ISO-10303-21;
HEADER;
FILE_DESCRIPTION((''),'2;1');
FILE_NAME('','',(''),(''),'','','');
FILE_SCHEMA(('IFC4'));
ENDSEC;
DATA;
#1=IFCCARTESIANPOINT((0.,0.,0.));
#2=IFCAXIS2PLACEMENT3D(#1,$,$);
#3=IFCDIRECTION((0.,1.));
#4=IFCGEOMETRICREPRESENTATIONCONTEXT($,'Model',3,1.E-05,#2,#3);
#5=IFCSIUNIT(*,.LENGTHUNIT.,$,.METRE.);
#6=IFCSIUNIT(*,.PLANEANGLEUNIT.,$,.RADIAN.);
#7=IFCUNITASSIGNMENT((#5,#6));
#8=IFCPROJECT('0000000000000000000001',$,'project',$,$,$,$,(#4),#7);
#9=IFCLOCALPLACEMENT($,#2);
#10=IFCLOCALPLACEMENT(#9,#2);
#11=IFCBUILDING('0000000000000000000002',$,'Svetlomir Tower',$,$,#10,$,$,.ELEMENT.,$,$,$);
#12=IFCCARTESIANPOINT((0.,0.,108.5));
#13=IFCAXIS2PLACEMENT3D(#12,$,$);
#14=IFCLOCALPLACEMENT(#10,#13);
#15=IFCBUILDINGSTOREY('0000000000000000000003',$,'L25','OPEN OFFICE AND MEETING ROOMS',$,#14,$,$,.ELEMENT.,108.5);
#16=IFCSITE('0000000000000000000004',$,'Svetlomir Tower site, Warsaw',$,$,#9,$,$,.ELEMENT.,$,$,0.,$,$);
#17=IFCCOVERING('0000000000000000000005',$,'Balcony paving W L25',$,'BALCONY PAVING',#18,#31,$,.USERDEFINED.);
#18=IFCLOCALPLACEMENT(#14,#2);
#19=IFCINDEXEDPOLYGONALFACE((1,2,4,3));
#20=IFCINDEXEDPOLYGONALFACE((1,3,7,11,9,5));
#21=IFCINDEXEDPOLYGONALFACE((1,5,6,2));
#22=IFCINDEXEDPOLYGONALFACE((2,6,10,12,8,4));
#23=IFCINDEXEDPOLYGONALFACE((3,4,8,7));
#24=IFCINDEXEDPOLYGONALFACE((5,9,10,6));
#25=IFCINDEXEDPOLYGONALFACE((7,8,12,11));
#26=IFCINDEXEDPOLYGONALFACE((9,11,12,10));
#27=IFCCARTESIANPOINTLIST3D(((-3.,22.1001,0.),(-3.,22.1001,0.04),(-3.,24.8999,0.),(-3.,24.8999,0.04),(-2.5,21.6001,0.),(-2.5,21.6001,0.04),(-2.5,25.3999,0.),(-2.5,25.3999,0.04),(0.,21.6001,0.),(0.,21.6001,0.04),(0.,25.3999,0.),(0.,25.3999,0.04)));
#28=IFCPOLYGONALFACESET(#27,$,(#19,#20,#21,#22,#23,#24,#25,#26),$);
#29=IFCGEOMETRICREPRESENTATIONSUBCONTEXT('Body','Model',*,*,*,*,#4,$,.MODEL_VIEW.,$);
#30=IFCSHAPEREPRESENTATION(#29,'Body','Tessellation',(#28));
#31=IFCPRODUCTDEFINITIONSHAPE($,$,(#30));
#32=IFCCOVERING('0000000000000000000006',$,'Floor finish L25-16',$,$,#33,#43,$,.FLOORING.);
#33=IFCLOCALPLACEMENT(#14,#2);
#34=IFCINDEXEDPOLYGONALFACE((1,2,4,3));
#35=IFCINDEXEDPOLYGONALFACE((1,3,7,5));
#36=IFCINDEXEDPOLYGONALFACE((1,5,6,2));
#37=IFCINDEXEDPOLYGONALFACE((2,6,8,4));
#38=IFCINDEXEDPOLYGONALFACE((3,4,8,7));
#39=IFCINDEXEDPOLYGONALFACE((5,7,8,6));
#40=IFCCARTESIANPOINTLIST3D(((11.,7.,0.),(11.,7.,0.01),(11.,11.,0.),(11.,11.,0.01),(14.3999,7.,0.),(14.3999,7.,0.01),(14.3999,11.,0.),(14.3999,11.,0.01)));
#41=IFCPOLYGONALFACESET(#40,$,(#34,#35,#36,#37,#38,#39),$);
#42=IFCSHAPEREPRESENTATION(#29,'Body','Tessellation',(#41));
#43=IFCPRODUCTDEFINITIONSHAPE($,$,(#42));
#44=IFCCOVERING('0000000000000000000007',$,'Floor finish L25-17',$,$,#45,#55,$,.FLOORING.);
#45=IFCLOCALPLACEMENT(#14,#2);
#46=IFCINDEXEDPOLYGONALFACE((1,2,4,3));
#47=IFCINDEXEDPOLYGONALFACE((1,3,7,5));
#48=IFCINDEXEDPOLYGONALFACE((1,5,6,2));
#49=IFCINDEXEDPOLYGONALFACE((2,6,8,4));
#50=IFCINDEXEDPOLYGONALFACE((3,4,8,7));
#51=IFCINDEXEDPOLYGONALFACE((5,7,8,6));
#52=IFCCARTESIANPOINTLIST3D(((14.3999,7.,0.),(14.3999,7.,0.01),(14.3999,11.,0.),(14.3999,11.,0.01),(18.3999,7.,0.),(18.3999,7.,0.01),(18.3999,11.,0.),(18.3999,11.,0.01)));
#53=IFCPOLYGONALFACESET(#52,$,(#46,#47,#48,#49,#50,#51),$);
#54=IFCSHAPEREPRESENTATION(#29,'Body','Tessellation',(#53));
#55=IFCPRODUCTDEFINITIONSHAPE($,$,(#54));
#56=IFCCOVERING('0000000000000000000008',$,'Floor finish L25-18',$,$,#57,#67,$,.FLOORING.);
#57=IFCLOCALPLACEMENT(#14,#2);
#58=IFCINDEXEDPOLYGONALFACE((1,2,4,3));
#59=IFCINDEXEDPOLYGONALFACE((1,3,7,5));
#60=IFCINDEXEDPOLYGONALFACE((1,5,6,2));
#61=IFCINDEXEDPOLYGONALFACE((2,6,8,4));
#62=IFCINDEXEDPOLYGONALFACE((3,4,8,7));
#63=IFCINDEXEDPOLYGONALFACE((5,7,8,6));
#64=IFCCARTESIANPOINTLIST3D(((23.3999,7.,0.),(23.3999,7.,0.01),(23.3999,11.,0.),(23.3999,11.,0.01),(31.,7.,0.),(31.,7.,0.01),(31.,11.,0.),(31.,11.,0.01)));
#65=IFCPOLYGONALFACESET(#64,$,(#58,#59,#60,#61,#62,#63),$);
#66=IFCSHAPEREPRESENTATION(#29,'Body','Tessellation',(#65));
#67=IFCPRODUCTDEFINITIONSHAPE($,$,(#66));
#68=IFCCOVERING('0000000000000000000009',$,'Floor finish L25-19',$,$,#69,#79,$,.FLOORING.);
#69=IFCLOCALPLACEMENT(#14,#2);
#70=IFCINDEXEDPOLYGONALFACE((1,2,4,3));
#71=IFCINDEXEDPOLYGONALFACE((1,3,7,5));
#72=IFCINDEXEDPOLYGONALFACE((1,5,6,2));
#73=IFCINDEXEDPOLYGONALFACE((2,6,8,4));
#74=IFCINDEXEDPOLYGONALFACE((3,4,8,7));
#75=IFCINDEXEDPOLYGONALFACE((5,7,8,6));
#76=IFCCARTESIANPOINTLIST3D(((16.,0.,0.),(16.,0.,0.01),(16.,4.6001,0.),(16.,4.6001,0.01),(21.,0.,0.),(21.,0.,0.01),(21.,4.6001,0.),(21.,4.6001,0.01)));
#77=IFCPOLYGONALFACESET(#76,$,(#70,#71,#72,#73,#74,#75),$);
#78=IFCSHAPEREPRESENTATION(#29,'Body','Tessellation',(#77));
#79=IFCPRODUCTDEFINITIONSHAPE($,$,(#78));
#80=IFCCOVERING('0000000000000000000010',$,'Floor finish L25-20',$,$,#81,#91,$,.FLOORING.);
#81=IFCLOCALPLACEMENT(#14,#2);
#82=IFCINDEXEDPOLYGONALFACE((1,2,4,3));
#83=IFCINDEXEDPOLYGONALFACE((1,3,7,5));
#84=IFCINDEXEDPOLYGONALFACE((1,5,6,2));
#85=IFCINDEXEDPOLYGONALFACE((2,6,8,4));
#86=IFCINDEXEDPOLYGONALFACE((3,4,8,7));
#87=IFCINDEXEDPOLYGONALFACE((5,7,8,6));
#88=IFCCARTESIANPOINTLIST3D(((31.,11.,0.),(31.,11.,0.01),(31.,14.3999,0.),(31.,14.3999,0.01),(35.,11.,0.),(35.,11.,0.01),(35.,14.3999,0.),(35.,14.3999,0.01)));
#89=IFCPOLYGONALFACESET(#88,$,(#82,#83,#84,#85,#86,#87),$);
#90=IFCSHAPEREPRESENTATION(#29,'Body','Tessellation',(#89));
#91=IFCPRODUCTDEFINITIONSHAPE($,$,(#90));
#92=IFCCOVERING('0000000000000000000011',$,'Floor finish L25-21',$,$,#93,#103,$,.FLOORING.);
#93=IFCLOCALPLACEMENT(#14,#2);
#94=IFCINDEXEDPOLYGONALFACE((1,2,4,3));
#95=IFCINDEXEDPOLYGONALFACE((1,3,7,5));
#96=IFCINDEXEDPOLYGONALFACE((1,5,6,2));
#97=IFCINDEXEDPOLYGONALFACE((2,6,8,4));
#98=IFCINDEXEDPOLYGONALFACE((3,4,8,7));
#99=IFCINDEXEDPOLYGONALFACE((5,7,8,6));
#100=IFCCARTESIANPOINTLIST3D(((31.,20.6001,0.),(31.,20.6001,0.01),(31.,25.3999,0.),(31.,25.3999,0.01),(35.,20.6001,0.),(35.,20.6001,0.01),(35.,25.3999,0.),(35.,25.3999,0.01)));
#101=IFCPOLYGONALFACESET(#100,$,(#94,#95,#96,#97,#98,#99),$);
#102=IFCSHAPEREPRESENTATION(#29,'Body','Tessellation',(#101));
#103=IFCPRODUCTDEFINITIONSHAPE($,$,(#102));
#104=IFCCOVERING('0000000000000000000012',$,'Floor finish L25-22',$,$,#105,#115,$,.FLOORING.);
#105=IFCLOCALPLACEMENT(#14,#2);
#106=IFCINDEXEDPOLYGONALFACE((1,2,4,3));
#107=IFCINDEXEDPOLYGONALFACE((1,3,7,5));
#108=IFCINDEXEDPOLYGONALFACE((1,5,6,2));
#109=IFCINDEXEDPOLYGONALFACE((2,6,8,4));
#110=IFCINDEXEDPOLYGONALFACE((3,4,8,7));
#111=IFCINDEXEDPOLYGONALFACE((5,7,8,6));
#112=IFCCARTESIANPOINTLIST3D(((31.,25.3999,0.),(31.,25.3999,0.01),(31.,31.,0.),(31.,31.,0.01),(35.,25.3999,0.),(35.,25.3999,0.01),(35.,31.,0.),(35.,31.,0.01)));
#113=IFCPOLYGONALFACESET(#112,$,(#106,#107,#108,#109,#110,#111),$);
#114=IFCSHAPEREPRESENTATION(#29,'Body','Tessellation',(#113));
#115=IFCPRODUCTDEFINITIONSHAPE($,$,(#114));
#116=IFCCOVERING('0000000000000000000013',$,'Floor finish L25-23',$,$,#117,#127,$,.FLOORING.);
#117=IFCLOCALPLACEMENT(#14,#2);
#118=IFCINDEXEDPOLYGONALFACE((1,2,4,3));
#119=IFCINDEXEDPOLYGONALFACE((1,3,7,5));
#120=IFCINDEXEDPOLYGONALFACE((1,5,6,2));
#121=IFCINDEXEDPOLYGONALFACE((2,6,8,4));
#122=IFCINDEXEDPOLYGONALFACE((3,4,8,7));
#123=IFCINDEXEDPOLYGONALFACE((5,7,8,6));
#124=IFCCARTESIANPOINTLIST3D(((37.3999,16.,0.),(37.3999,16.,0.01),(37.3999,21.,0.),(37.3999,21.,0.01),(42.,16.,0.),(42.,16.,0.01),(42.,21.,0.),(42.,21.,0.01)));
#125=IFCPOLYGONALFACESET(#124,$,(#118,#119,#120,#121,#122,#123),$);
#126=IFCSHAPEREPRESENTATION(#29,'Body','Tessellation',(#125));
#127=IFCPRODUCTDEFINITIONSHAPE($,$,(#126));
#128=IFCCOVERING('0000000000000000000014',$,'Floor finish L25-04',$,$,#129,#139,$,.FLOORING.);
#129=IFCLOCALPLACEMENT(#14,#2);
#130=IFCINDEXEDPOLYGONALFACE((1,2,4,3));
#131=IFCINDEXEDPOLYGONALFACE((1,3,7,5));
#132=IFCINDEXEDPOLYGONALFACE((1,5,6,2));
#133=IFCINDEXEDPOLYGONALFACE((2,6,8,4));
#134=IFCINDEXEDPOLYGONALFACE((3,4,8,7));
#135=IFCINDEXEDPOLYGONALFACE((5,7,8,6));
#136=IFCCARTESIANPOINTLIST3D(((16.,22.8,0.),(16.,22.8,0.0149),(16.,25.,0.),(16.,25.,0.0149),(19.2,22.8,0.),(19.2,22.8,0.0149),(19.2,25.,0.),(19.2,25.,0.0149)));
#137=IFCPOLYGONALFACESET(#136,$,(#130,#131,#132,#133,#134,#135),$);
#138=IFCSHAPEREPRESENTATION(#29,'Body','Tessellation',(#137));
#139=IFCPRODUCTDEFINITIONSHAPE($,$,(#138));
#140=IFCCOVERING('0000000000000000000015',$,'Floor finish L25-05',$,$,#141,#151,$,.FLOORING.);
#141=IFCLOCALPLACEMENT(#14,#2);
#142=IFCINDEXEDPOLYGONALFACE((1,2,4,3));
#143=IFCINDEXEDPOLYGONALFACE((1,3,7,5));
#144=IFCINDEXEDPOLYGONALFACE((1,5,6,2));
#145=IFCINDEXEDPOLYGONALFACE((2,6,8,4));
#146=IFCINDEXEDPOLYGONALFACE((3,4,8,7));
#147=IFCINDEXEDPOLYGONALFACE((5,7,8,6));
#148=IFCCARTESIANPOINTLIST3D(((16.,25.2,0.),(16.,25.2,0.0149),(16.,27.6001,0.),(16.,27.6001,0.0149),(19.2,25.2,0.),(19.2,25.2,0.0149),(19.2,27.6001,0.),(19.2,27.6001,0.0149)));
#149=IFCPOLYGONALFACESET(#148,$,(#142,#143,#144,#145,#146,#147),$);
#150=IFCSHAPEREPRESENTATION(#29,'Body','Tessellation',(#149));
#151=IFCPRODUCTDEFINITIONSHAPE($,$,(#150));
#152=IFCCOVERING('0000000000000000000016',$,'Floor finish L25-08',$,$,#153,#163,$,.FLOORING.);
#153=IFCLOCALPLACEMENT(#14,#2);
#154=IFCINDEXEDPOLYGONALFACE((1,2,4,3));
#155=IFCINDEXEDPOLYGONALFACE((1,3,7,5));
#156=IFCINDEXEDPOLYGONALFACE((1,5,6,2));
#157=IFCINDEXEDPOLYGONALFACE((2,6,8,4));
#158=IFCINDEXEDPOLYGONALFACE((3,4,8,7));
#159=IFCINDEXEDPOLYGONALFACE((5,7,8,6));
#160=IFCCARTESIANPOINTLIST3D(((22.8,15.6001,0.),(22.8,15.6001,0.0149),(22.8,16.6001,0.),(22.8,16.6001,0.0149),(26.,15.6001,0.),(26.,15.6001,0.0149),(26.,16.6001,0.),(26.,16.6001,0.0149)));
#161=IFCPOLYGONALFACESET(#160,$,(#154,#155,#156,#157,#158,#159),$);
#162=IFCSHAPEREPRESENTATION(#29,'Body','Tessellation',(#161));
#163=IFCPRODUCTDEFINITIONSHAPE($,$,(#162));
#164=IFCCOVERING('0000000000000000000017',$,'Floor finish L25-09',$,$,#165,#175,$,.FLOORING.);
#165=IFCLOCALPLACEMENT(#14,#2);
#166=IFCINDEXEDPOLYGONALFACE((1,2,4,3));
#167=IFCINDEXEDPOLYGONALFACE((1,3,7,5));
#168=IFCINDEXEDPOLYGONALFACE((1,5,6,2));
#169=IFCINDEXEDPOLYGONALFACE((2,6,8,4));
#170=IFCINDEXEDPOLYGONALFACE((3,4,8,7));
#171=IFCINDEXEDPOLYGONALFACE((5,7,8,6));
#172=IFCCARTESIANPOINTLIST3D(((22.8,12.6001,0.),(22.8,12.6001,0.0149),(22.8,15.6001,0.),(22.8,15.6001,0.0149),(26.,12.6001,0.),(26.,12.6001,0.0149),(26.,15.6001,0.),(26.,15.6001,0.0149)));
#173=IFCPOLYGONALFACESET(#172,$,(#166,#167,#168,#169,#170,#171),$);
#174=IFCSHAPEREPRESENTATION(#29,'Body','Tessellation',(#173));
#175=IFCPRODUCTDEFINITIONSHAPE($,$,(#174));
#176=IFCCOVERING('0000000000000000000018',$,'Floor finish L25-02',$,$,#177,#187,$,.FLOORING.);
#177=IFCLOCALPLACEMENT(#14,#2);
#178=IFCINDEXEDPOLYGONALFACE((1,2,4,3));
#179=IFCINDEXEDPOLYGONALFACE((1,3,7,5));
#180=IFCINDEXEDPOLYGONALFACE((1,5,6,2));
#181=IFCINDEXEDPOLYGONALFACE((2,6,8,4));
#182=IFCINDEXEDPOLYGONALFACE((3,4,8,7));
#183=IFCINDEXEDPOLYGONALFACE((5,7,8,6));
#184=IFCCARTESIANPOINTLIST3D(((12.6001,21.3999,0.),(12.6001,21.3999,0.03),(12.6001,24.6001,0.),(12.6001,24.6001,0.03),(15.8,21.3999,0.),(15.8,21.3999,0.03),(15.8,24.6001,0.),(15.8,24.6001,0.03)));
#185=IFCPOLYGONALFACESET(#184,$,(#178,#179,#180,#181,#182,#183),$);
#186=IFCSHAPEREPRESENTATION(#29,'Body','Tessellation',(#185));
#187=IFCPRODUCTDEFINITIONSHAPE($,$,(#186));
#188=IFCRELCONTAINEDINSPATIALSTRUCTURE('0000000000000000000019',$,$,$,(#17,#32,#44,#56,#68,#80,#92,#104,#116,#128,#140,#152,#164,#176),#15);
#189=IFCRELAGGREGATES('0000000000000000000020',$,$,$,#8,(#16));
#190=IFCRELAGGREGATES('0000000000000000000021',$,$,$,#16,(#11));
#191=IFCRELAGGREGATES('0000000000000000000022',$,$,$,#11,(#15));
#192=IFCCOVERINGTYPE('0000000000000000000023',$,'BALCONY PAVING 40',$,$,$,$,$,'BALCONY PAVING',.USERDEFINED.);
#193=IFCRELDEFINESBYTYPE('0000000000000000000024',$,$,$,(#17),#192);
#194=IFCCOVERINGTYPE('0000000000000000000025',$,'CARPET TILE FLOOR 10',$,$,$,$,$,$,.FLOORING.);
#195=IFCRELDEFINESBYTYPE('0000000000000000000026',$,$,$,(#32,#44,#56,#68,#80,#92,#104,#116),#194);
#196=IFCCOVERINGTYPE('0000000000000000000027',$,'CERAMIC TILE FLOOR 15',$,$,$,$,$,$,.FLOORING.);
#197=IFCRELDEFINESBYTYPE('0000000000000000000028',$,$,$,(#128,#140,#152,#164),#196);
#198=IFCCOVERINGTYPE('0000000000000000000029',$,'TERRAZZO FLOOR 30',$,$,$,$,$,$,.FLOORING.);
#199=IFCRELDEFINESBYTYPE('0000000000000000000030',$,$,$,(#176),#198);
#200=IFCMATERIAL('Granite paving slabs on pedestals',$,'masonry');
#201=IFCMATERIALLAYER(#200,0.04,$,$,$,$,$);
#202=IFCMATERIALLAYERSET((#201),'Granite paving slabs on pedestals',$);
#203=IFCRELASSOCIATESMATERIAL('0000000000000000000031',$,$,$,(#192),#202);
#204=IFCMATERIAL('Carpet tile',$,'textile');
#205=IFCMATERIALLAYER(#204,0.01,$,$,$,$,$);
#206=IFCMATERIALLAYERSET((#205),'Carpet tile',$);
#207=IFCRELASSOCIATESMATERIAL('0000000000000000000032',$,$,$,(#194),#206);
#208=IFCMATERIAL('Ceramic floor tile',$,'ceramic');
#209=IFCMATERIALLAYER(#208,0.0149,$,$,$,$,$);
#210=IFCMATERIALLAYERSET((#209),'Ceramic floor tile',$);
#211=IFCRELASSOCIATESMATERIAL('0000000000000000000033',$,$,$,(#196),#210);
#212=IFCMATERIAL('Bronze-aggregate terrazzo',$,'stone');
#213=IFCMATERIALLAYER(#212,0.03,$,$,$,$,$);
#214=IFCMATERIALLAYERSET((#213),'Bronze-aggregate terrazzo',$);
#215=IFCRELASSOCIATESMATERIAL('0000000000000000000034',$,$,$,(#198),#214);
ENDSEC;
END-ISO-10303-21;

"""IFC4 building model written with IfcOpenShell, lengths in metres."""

from ifc_helpers import new_model, si_unit, direction, frame, origin, place, context, subcontext, project, spatial, polyline, outline, extrude, material, layer, layer_set, type_object, element, save


model = new_model("IFC4")

# Units and contexts
model_context = context("Model", 3, precision=1e-05, world=origin(), true_north=direction((0.0, 1.0)))
body_context = subcontext(model_context, "Body", "Model", "MODEL_VIEW")
ifc_project = project(units=[si_unit("LENGTHUNIT", "METRE"), si_unit("PLANEANGLEUNIT", "RADIAN")], contexts=[model_context])

# Site, building, storey
site_placement = place(None, origin())
site = spatial("IfcSite", under=ifc_project, at=site_placement, Name="Svetlomir Tower site, Warsaw", CompositionType="ELEMENT", RefElevation=0.0)
building_placement = place(site_placement, origin())
building = spatial("IfcBuilding", under=site, at=building_placement, Name="Svetlomir Tower", CompositionType="ELEMENT")
storey_placement = place(building_placement, frame((0.0, 0.0, 108.5)))
storey = spatial("IfcBuildingStorey", under=building, at=storey_placement, Name="L25", Description="OPEN OFFICE AND MEETING ROOMS", CompositionType="ELEMENT", Elevation=108.5)

# Coverings
ifc_material_1 = material(Name="Granite paving slabs on pedestals", Category="masonry")
ifc_layer_1 = layer(ifc_material_1, 0.04)
ifc_layer_set_1 = layer_set([ifc_layer_1], Name="Granite paving slabs on pedestals")
covering_type_1 = type_object("IfcCoveringType", Name="BALCONY PAVING 40", ElementType="BALCONY PAVING", PredefinedType="USERDEFINED", material=ifc_layer_set_1)
covering_1_placement = place(storey_placement, origin())
element("IfcCovering", 1, at=covering_1_placement, inside=storey, type_object=covering_type_1, Name="Balcony paving W L25", ObjectType="BALCONY PAVING", PredefinedType="USERDEFINED", context=body_context, shape_type="SweptSolid", body=[
    extrude(outline(polyline([(-2.5, 21.6001), (0.0, 21.6001), (0.0, 25.3999), (-2.5, 25.3999), (-3.0, 24.8999), (-3.0, 22.1001), (-2.5, 21.6001)])), origin(), (0.0, 0.0, 1.0), 0.04),
])
ifc_material_2 = material(Name="Carpet tile", Category="textile")
ifc_layer_2 = layer(ifc_material_2, 0.01)
ifc_layer_set_2 = layer_set([ifc_layer_2], Name="Carpet tile")
covering_type_2 = type_object("IfcCoveringType", Name="CARPET TILE FLOOR 10", PredefinedType="FLOORING", material=ifc_layer_set_2)
covering_2_placement = place(storey_placement, origin())
element("IfcCovering", 2, at=covering_2_placement, inside=storey, type_object=covering_type_2, Name="Floor finish L25-16", PredefinedType="FLOORING", context=body_context, shape_type="SweptSolid", body=[
    extrude(outline(polyline([(11.0, 7.0), (14.3999, 7.0), (14.3999, 11.0), (11.0, 11.0), (11.0, 7.0)])), origin(), (0.0, 0.0, 1.0), 0.01),
])
covering_3_placement = place(storey_placement, origin())
element("IfcCovering", 3, at=covering_3_placement, inside=storey, type_object=covering_type_2, Name="Floor finish L25-17", PredefinedType="FLOORING", context=body_context, shape_type="SweptSolid", body=[
    extrude(outline(polyline([(14.3999, 7.0), (18.3999, 7.0), (18.3999, 11.0), (14.3999, 11.0), (14.3999, 7.0)])), origin(), (0.0, 0.0, 1.0), 0.01),
])
covering_4_placement = place(storey_placement, origin())
element("IfcCovering", 4, at=covering_4_placement, inside=storey, type_object=covering_type_2, Name="Floor finish L25-18", PredefinedType="FLOORING", context=body_context, shape_type="SweptSolid", body=[
    extrude(outline(polyline([(23.3999, 7.0), (31.0, 7.0), (31.0, 11.0), (23.3999, 11.0), (23.3999, 7.0)])), origin(), (0.0, 0.0, 1.0), 0.01),
])
covering_5_placement = place(storey_placement, origin())
element("IfcCovering", 5, at=covering_5_placement, inside=storey, type_object=covering_type_2, Name="Floor finish L25-19", PredefinedType="FLOORING", context=body_context, shape_type="SweptSolid", body=[
    extrude(outline(polyline([(16.0, 0.0), (21.0, 0.0), (21.0, 4.6001), (16.0, 4.6001), (16.0, 0.0)])), origin(), (0.0, 0.0, 1.0), 0.01),
])
covering_6_placement = place(storey_placement, origin())
element("IfcCovering", 6, at=covering_6_placement, inside=storey, type_object=covering_type_2, Name="Floor finish L25-20", PredefinedType="FLOORING", context=body_context, shape_type="SweptSolid", body=[
    extrude(outline(polyline([(31.0, 11.0), (35.0, 11.0), (35.0, 14.3999), (31.0, 14.3999), (31.0, 11.0)])), origin(), (0.0, 0.0, 1.0), 0.01),
])
covering_7_placement = place(storey_placement, origin())
element("IfcCovering", 7, at=covering_7_placement, inside=storey, type_object=covering_type_2, Name="Floor finish L25-21", PredefinedType="FLOORING", context=body_context, shape_type="SweptSolid", body=[
    extrude(outline(polyline([(31.0, 20.6001), (35.0, 20.6001), (35.0, 25.3999), (31.0, 25.3999), (31.0, 20.6001)])), origin(), (0.0, 0.0, 1.0), 0.01),
])
covering_8_placement = place(storey_placement, origin())
element("IfcCovering", 8, at=covering_8_placement, inside=storey, type_object=covering_type_2, Name="Floor finish L25-22", PredefinedType="FLOORING", context=body_context, shape_type="SweptSolid", body=[
    extrude(outline(polyline([(31.0, 25.3999), (35.0, 25.3999), (35.0, 31.0), (31.0, 31.0), (31.0, 25.3999)])), origin(), (0.0, 0.0, 1.0), 0.01),
])
covering_9_placement = place(storey_placement, origin())
element("IfcCovering", 9, at=covering_9_placement, inside=storey, type_object=covering_type_2, Name="Floor finish L25-23", PredefinedType="FLOORING", context=body_context, shape_type="SweptSolid", body=[
    extrude(outline(polyline([(37.3999, 16.0), (42.0, 16.0), (42.0, 21.0), (37.3999, 21.0), (37.3999, 16.0)])), origin(), (0.0, 0.0, 1.0), 0.01),
])
ifc_material_3 = material(Name="Ceramic floor tile", Category="ceramic")
ifc_layer_3 = layer(ifc_material_3, 0.0149)
ifc_layer_set_3 = layer_set([ifc_layer_3], Name="Ceramic floor tile")
covering_type_3 = type_object("IfcCoveringType", Name="CERAMIC TILE FLOOR 15", PredefinedType="FLOORING", material=ifc_layer_set_3)
covering_10_placement = place(storey_placement, origin())
element("IfcCovering", 10, at=covering_10_placement, inside=storey, type_object=covering_type_3, Name="Floor finish L25-04", PredefinedType="FLOORING", context=body_context, shape_type="SweptSolid", body=[
    extrude(outline(polyline([(16.0, 22.8), (19.2, 22.8), (19.2, 25.0), (16.0, 25.0), (16.0, 22.8)])), origin(), (0.0, 0.0, 1.0), 0.0149),
])
covering_11_placement = place(storey_placement, origin())
element("IfcCovering", 11, at=covering_11_placement, inside=storey, type_object=covering_type_3, Name="Floor finish L25-05", PredefinedType="FLOORING", context=body_context, shape_type="SweptSolid", body=[
    extrude(outline(polyline([(16.0, 25.2), (19.2, 25.2), (19.2, 27.6001), (16.0, 27.6001), (16.0, 25.2)])), origin(), (0.0, 0.0, 1.0), 0.0149),
])
covering_12_placement = place(storey_placement, origin())
element("IfcCovering", 12, at=covering_12_placement, inside=storey, type_object=covering_type_3, Name="Floor finish L25-08", PredefinedType="FLOORING", context=body_context, shape_type="SweptSolid", body=[
    extrude(outline(polyline([(22.8, 15.6001), (26.0, 15.6001), (26.0, 16.6001), (22.8, 16.6001), (22.8, 15.6001)])), origin(), (0.0, 0.0, 1.0), 0.0149),
])
covering_13_placement = place(storey_placement, origin())
element("IfcCovering", 13, at=covering_13_placement, inside=storey, type_object=covering_type_3, Name="Floor finish L25-09", PredefinedType="FLOORING", context=body_context, shape_type="SweptSolid", body=[
    extrude(outline(polyline([(22.8, 12.6001), (26.0, 12.6001), (26.0, 15.6001), (22.8, 15.6001), (22.8, 12.6001)])), origin(), (0.0, 0.0, 1.0), 0.0149),
])
ifc_material_4 = material(Name="Bronze-aggregate terrazzo", Category="stone")
ifc_layer_4 = layer(ifc_material_4, 0.03)
ifc_layer_set_4 = layer_set([ifc_layer_4], Name="Bronze-aggregate terrazzo")
covering_type_4 = type_object("IfcCoveringType", Name="TERRAZZO FLOOR 30", PredefinedType="FLOORING", material=ifc_layer_set_4)
covering_14_placement = place(storey_placement, origin())
element("IfcCovering", 14, at=covering_14_placement, inside=storey, type_object=covering_type_4, Name="Floor finish L25-02", PredefinedType="FLOORING", context=body_context, shape_type="SweptSolid", body=[
    extrude(outline(polyline([(12.6001, 21.3999), (15.8, 21.3999), (15.8, 24.6001), (12.6001, 24.6001), (12.6001, 21.3999)])), origin(), (0.0, 0.0, 1.0), 0.03),
])

save(model, "model.ifc")
